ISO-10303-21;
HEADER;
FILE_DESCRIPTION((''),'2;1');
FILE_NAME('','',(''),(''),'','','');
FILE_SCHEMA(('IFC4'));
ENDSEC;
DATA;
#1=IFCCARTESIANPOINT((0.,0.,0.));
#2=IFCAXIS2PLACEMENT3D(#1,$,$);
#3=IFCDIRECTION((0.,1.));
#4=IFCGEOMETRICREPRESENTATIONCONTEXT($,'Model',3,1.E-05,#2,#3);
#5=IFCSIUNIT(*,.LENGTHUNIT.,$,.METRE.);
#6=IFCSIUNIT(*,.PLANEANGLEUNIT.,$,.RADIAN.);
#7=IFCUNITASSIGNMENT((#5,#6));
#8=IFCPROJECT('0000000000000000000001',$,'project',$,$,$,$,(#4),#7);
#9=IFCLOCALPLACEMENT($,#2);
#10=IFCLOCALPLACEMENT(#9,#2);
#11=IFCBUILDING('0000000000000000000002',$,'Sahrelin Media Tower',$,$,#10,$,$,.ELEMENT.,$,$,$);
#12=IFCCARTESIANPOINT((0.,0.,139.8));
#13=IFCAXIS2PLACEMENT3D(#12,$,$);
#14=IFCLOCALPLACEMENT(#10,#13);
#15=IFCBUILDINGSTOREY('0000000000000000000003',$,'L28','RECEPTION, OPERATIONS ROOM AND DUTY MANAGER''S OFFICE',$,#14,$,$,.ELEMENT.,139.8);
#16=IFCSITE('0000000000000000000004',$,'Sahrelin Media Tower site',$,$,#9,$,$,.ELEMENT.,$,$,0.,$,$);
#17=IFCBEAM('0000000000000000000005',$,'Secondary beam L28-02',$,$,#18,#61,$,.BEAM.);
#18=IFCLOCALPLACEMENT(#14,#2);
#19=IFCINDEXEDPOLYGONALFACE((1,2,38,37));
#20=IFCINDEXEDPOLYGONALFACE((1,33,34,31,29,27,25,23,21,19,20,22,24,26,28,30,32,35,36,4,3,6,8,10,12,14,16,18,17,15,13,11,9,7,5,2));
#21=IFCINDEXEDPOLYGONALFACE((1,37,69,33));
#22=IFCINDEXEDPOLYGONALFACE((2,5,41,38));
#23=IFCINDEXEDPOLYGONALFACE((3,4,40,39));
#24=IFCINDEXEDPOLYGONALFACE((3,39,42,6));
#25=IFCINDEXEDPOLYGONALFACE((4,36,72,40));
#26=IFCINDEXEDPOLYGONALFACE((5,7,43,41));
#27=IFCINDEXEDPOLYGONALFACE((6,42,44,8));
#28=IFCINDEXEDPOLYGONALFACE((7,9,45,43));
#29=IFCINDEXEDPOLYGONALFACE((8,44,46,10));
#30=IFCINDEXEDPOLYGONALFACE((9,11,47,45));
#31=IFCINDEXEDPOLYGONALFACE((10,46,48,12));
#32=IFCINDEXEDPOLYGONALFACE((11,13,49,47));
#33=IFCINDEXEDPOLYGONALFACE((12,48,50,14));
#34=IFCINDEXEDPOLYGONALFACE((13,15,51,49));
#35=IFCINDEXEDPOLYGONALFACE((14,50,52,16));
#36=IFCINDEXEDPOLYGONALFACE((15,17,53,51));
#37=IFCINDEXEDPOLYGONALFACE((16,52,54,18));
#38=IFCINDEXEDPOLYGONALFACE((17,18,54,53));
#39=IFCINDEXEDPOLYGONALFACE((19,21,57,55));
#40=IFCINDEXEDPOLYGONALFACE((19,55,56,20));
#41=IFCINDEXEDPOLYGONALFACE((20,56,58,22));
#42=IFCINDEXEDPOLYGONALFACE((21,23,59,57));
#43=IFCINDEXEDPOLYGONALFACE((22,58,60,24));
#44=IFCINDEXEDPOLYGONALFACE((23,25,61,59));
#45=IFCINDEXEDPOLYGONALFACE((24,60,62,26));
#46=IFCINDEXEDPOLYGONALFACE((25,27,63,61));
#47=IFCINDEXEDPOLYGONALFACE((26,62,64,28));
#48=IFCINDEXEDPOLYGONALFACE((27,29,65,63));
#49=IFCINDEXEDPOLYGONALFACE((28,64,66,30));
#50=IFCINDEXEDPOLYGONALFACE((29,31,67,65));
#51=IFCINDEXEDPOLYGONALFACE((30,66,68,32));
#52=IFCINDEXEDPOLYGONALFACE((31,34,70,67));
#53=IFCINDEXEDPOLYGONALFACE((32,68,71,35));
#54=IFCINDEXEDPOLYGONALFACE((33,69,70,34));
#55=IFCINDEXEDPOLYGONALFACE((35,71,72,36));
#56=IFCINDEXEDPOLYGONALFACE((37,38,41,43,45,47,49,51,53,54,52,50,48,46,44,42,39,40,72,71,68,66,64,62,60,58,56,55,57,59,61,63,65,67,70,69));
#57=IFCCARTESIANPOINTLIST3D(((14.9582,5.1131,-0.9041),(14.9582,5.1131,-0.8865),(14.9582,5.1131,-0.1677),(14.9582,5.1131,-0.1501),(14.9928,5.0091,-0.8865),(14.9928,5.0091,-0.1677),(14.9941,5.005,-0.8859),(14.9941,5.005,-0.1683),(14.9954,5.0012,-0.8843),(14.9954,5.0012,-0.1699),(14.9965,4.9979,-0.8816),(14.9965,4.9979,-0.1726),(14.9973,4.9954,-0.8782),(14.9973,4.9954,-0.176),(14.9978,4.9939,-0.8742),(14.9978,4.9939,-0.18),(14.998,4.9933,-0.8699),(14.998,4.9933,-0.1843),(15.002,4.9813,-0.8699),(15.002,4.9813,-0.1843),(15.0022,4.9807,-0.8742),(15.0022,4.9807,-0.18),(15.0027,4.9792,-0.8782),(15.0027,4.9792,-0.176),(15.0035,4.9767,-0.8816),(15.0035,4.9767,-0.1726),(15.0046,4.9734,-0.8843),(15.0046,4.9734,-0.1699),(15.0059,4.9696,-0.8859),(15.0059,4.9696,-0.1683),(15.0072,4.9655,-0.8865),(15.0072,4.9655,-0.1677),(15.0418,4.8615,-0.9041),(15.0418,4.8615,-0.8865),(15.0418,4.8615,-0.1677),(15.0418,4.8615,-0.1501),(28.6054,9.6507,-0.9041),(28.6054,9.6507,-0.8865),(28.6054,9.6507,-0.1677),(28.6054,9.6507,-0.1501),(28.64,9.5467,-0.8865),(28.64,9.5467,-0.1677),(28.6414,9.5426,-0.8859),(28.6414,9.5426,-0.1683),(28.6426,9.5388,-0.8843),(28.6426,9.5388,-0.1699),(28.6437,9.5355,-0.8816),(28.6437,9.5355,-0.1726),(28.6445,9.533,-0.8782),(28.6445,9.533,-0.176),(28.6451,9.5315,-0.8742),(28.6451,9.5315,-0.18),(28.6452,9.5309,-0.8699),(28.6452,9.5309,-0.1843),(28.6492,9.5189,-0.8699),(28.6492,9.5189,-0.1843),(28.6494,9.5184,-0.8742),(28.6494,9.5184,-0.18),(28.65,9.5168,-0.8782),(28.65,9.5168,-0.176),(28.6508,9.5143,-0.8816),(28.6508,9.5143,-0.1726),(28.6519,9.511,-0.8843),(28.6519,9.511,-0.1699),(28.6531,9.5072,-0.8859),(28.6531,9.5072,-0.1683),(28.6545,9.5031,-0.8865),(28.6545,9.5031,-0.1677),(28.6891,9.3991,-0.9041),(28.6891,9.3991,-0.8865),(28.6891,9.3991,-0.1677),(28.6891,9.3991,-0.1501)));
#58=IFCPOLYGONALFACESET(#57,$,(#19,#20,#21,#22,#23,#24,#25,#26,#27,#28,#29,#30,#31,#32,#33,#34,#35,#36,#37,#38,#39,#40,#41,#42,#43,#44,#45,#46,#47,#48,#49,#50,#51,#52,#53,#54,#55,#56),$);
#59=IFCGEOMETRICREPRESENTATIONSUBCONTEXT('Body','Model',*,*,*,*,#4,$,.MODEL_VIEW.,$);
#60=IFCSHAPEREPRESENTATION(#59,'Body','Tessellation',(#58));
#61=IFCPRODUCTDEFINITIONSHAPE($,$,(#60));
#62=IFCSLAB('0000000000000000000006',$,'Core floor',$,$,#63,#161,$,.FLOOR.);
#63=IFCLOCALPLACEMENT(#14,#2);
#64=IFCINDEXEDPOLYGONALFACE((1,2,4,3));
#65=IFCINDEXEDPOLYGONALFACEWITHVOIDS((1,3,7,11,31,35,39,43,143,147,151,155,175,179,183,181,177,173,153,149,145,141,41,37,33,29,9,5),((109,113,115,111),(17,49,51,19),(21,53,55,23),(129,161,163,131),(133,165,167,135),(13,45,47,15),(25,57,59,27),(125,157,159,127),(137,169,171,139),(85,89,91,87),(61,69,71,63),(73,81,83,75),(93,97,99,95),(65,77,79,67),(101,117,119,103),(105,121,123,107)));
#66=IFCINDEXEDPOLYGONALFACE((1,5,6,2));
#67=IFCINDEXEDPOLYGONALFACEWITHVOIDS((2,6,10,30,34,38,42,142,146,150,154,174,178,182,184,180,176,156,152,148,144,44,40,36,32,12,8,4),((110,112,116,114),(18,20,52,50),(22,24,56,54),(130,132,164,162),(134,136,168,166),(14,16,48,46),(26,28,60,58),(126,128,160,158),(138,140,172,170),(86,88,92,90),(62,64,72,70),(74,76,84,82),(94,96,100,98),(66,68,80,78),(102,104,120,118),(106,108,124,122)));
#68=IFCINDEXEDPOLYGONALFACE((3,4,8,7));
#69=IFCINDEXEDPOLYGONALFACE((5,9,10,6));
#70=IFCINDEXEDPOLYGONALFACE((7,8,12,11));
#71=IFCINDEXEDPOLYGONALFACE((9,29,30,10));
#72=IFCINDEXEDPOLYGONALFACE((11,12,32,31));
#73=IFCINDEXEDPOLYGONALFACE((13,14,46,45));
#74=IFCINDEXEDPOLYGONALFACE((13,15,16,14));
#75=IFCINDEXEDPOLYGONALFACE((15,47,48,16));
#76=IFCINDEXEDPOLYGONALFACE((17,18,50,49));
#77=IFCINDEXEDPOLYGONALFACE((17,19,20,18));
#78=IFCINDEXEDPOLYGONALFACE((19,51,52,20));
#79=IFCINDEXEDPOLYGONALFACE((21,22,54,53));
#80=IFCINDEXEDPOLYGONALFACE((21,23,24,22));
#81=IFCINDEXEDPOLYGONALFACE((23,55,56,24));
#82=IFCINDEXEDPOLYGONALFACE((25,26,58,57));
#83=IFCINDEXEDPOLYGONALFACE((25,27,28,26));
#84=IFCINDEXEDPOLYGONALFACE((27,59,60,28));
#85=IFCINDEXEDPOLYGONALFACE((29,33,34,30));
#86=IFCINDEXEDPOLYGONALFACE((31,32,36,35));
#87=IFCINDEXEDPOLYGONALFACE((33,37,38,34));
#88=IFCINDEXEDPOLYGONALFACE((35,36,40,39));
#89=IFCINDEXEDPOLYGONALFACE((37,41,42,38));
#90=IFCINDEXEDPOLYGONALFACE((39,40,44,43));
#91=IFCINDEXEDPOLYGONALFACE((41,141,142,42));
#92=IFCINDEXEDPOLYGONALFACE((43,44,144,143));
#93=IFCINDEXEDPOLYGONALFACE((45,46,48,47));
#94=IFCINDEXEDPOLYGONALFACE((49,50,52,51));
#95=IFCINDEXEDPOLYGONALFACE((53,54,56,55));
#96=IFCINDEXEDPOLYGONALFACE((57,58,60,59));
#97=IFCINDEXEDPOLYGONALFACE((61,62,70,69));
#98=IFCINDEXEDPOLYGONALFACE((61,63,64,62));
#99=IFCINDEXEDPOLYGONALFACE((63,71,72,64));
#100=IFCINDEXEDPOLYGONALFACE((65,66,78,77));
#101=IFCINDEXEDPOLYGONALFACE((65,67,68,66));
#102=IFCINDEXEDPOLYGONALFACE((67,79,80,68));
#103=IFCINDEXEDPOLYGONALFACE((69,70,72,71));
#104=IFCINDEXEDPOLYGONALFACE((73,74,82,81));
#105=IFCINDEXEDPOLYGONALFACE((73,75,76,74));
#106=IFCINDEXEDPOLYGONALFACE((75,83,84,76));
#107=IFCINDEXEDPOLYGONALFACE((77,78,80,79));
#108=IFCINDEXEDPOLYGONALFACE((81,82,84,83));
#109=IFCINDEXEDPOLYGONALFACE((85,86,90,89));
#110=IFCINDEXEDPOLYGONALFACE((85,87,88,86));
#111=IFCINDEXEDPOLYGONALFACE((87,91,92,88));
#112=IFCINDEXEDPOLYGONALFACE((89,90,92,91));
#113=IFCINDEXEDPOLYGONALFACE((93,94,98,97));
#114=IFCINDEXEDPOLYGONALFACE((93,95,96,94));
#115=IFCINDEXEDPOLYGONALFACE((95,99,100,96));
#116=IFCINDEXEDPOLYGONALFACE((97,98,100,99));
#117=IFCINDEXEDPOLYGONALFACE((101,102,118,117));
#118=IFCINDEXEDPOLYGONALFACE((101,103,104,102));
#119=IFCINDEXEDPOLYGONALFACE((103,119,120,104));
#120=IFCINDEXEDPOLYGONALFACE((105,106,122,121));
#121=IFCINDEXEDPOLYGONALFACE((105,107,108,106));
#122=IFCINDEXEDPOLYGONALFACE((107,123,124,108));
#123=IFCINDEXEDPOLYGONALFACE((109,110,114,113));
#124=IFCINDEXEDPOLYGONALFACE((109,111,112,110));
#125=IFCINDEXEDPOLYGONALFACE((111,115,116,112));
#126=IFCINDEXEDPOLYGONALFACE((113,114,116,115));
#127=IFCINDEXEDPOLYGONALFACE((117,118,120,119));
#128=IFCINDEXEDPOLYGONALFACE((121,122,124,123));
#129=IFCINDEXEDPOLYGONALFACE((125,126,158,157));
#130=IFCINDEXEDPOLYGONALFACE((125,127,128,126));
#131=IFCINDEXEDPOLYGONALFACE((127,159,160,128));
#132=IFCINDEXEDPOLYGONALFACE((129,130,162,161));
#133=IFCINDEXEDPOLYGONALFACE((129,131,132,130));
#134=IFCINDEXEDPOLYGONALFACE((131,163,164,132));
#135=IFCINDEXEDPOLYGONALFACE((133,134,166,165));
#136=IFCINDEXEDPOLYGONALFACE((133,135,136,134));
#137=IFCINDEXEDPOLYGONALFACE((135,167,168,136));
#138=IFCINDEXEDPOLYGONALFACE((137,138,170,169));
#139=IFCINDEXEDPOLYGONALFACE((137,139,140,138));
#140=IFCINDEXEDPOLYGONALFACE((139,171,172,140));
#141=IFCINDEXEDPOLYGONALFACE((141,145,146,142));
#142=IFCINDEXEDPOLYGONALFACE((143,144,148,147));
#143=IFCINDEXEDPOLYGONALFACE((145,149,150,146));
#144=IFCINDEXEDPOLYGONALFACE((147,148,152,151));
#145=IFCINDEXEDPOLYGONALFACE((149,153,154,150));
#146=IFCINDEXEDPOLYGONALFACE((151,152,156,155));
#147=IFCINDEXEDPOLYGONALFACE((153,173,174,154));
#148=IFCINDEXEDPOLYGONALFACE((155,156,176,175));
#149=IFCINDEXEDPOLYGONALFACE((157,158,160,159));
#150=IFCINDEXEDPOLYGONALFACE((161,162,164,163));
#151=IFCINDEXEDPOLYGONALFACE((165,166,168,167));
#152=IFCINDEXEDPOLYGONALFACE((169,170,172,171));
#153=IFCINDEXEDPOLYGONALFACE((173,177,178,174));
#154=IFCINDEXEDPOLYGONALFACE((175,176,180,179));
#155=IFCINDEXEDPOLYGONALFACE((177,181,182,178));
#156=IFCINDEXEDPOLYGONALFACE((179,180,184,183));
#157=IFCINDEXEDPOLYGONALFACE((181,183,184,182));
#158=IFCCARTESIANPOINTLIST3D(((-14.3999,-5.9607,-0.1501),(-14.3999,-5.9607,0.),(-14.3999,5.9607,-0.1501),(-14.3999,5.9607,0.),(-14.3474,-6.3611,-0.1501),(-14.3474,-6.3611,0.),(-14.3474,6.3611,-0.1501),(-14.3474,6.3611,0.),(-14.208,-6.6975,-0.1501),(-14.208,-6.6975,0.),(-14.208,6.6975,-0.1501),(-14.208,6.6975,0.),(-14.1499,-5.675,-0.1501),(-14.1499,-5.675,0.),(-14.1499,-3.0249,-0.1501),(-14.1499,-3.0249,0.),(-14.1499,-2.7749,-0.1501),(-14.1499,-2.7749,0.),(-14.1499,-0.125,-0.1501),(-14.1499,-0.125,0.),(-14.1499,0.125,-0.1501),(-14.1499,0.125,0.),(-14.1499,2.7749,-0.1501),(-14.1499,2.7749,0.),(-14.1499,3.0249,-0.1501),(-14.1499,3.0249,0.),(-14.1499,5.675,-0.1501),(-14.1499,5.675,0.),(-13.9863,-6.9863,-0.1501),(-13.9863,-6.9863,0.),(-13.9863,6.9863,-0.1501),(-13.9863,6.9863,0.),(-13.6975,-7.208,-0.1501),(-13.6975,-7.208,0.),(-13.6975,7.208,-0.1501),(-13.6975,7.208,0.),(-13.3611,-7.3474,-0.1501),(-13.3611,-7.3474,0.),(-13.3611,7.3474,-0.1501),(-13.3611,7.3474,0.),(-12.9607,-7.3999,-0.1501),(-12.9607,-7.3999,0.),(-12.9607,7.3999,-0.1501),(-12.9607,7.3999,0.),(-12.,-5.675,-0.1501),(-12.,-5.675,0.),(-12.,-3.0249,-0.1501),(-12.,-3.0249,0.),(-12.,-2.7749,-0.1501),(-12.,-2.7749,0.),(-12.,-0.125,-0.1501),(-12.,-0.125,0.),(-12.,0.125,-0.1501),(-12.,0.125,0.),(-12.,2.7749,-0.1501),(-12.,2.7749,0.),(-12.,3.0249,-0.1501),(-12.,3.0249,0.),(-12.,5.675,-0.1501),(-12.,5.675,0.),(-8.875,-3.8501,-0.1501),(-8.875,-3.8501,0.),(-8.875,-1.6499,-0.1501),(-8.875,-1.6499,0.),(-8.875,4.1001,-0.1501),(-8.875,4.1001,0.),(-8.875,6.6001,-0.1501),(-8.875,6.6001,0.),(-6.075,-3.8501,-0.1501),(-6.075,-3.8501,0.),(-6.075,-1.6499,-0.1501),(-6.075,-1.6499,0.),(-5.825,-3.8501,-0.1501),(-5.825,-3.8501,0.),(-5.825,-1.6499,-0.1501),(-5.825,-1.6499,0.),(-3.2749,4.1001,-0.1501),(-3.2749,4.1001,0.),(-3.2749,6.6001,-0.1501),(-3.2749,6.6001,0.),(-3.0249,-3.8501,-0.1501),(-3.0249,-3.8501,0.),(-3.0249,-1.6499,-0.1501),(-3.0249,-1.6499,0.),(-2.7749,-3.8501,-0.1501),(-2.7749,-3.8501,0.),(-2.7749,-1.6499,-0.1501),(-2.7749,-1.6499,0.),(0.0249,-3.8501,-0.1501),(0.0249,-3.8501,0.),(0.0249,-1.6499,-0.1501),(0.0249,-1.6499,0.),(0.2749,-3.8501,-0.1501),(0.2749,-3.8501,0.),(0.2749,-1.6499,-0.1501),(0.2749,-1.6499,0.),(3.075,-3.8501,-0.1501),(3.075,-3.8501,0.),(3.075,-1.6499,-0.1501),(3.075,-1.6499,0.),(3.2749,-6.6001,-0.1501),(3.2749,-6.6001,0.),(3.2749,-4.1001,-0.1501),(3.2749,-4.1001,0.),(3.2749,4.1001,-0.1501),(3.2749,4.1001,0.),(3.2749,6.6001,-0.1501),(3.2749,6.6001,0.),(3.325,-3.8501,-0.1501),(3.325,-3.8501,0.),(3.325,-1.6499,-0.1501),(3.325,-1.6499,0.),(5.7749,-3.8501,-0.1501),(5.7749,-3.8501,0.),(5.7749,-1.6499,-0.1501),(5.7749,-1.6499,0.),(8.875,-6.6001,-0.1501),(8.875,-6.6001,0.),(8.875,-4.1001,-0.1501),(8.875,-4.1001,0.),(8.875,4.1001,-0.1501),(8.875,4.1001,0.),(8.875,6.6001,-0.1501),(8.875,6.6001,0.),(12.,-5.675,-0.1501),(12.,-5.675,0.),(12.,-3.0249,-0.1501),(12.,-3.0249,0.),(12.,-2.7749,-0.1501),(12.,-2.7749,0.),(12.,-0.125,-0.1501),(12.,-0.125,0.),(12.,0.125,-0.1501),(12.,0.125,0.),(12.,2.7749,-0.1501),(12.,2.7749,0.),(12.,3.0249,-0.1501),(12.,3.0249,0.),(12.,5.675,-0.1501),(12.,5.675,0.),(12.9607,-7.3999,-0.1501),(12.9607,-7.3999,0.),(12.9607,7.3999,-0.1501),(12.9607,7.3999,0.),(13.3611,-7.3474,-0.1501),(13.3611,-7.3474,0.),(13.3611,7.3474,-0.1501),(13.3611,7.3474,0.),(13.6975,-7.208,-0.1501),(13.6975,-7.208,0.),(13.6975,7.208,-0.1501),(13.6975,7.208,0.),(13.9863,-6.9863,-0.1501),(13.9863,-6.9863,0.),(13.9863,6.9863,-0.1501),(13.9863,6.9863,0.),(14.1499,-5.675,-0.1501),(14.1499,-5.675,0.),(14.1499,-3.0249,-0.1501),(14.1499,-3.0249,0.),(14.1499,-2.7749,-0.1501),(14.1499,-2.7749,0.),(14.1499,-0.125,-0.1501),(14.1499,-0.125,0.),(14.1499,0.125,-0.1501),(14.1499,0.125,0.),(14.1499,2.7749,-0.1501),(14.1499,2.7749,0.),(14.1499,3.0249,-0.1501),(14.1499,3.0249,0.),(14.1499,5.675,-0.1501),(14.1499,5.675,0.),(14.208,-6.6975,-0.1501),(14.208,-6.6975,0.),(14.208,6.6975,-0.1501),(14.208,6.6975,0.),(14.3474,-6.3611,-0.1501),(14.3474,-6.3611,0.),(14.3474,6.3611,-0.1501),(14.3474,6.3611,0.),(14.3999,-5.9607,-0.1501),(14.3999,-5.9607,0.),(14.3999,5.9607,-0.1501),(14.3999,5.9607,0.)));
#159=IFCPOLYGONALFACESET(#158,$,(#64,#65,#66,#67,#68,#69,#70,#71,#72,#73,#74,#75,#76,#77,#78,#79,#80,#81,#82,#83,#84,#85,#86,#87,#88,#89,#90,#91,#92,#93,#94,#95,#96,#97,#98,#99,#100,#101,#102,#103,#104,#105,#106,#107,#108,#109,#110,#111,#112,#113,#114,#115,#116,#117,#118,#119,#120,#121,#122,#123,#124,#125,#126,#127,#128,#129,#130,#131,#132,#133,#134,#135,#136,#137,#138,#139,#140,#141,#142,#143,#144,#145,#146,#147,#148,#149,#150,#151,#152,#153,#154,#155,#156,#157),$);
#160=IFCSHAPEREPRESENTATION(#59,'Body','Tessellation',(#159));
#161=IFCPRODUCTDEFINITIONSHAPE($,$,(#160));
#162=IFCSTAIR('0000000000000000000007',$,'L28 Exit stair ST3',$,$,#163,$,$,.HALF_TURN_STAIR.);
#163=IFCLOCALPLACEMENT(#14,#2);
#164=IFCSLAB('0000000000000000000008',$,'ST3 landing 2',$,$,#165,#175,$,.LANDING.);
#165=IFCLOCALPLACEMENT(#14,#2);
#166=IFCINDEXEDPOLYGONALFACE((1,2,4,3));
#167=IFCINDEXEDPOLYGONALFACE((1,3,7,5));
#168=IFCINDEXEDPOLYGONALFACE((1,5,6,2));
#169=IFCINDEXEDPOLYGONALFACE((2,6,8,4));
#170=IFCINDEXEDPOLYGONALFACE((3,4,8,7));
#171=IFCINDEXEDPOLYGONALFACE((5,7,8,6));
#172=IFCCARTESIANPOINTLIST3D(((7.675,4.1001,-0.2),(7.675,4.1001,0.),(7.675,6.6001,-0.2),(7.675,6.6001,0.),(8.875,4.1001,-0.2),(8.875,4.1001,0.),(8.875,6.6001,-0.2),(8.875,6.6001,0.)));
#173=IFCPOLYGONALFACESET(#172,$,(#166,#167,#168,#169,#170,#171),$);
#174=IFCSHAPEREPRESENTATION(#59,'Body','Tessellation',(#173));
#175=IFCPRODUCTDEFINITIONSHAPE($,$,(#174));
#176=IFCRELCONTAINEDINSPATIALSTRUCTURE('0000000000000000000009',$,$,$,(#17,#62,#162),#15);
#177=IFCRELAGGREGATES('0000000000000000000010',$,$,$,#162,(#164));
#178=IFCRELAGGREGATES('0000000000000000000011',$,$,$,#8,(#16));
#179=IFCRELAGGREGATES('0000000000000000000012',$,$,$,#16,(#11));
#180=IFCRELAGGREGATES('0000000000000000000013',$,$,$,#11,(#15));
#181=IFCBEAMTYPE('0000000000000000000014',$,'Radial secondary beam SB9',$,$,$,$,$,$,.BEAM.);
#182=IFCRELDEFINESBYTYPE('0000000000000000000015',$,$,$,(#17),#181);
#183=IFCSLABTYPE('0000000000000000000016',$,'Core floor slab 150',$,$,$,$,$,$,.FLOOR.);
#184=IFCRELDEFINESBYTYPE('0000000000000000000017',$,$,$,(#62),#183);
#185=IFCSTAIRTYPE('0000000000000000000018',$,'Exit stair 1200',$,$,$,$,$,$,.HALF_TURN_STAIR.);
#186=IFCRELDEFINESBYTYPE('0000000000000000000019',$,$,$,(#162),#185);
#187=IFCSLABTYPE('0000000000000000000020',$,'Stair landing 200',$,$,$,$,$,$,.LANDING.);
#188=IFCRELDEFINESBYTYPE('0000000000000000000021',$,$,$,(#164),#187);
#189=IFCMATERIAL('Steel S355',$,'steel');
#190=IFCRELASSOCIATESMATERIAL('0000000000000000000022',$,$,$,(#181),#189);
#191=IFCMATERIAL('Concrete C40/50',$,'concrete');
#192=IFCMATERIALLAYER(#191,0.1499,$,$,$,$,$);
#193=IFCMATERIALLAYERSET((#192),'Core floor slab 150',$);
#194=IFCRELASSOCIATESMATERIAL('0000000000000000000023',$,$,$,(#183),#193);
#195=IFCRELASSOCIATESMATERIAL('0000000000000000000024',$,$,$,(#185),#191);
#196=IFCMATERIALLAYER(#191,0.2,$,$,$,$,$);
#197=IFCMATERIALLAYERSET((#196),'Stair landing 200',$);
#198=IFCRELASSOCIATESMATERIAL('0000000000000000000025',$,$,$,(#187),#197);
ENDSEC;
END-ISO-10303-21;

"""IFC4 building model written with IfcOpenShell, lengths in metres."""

from ifc_helpers import new_model, si_unit, direction, frame, origin, origin_2d, place, context, subcontext, project, spatial, polyline, i_section, outline, extrude, material, layer, layer_set, material_profile, profile_set, type_object, element, aggregate, save


model = new_model("IFC4")

# Units and contexts
model_context = context("Model", 3, precision=1e-05, world=origin(), true_north=direction((0.0, 1.0)))
body_context = subcontext(model_context, "Body", "Model", "MODEL_VIEW")
ifc_project = project(units=[si_unit("LENGTHUNIT", "METRE"), si_unit("PLANEANGLEUNIT", "RADIAN")], contexts=[model_context])

# Site, building, storey
site_placement = place(None, origin())
site = spatial("IfcSite", under=ifc_project, at=site_placement, Name="Sahrelin Media Tower site", CompositionType="ELEMENT", RefElevation=0.0)
building_placement = place(site_placement, origin())
building = spatial("IfcBuilding", under=site, at=building_placement, Name="Sahrelin Media Tower", CompositionType="ELEMENT")
storey_placement = place(building_placement, frame((0.0, 0.0, 139.8)))
storey = spatial("IfcBuildingStorey", under=building, at=storey_placement, Name="L28", Description="RECEPTION, OPERATIONS ROOM AND DUTY MANAGER'S OFFICE", CompositionType="ELEMENT", Elevation=139.8)

# Beam
ifc_material_1 = material(Name="Steel S355", Category="steel")
ifc_material_profile_1 = material_profile(ifc_material_1, i_section(OverallWidth=0.2651, OverallDepth=0.7539, WebThickness=0.0127, FlangeThickness=0.0176, FilletRadius=0.0166, at=origin_2d()), Name="UB 762x267x147")
ifc_profile_set_1 = profile_set([ifc_material_profile_1], Name="Steel S355")
beam_type_1 = type_object("IfcBeamType", Name="Radial secondary beam SB9", PredefinedType="BEAM", material=ifc_profile_set_1)
beam_1_placement = place(storey_placement, frame((15.0, 4.9873, -0.5271), z_axis=(0.948922, 0.31551, 0.0), x_axis=(-0.31551, 0.948922, 0.0)))
element("IfcBeam", 1, at=beam_1_placement, inside=storey, type_object=beam_type_1, Name="Secondary beam L28-02", PredefinedType="BEAM", context=body_context, shape_type="SweptSolid", body=[
    extrude(i_section(OverallWidth=0.2651, OverallDepth=0.7539, WebThickness=0.0127, FlangeThickness=0.0176, FilletRadius=0.0166, at=origin_2d()), origin(), (0.0, 0.0, 1.0), 14.3818),
])

# Slab
ifc_material_2 = material(Name="Concrete C40/50", Category="concrete")
ifc_layer_1 = layer(ifc_material_2, 0.1499)
ifc_layer_set_1 = layer_set([ifc_layer_1], Name="Core floor slab 150")
slab_type_1 = type_object("IfcSlabType", Name="Core floor slab 150", PredefinedType="FLOOR", material=ifc_layer_set_1)
slab_1_placement = place(storey_placement, frame((0.0, 0.0, -0.1501)))
element("IfcSlab", 2, at=slab_1_placement, inside=storey, type_object=slab_type_1, Name="Core floor", PredefinedType="FLOOR", context=body_context, shape_type="SweptSolid", body=[
    extrude(outline(polyline([(-14.3474, 6.3611), (-14.3999, 5.9607), (-14.3999, -5.9607), (-14.3474, -6.3611), (-14.208, -6.6975), (-13.9863, -6.9863), (-13.6975, -7.208), (-13.3611, -7.3474), (-12.9607, -7.3999), (12.9607, -7.3999), (13.3611, -7.3474), (13.6975, -7.208), (13.9863, -6.9863), (14.208, -6.6975), (14.3474, -6.3611), (14.3999, -5.9607), (14.3999, 5.9607), (14.3474, 6.3611), (14.208, 6.6975), (13.9863, 6.9863), (13.6975, 7.208), (13.3611, 7.3474), (12.9607, 7.3999), (-12.9607, 7.3999), (-13.3611, 7.3474), (-13.6975, 7.208), (-13.9863, 6.9863), (-14.208, 6.6975), (-14.3474, 6.3611)]), holes=[polyline([(-12.0, 3.0249), (-12.0, 5.675), (-14.1499, 5.675), (-14.1499, 3.0249), (-12.0, 3.0249)]), polyline([(-14.1499, 0.125), (-12.0, 0.125), (-12.0, 2.7749), (-14.1499, 2.7749), (-14.1499, 0.125)]), polyline([(-14.1499, -0.125), (-14.1499, -2.7749), (-12.0, -2.7749), (-12.0, -0.125), (-14.1499, -0.125)]), polyline([(-12.0, -3.0249), (-14.1499, -3.0249), (-14.1499, -5.675), (-12.0, -5.675), (-12.0, -3.0249)]), polyline([(14.1499, 3.0249), (14.1499, 5.675), (12.0, 5.675), (12.0, 3.0249), (14.1499, 3.0249)]), polyline([(12.0, 0.125), (14.1499, 0.125), (14.1499, 2.7749), (12.0, 2.7749), (12.0, 0.125)]), polyline([(12.0, -0.125), (12.0, -2.7749), (14.1499, -2.7749), (14.1499, -0.125), (12.0, -0.125)]), polyline([(14.1499, -3.0249), (12.0, -3.0249), (12.0, -5.675), (14.1499, -5.675), (14.1499, -3.0249)]), polyline([(-6.075, -3.8501), (-6.075, -1.6499), (-8.875, -1.6499), (-8.875, -3.8501), (-6.075, -3.8501)]), polyline([(-5.825, -3.8501), (-3.0249, -3.8501), (-3.0249, -1.6499), (-5.825, -1.6499), (-5.825, -3.8501)]), polyline([(-2.7749, -1.6499), (-2.7749, -3.8501), (0.0249, -3.8501), (0.0249, -1.6499), (-2.7749, -1.6499)]), polyline([(3.075, -1.6499), (0.2749, -1.6499), (0.2749, -3.8501), (3.075, -3.8501), (3.075, -1.6499)]), polyline([(5.7749, -3.8501), (5.7749, -1.6499), (3.325, -1.6499), (3.325, -3.8501), (5.7749, -3.8501)]), polyline([(-8.875, 6.6001), (-8.875, 4.1001), (-3.2749, 4.1001), (-3.2749, 6.6001), (-8.875, 6.6001)]), polyline([(3.2749, 4.1001), (8.875, 4.1001), (8.875, 6.6001), (3.2749, 6.6001), (3.2749, 4.1001)]), polyline([(3.2749, -4.1001), (3.2749, -6.6001), (8.875, -6.6001), (8.875, -4.1001), (3.2749, -4.1001)])]), origin(), (0.0, 0.0, 1.0), 0.1501),
])

# Stair, slab
stair_type = type_object("IfcStairType", Name="Exit stair 1200", PredefinedType="HALF_TURN_STAIR", material=ifc_material_2)
placement_1 = place(storey_placement, origin())
stair_1 = element("IfcStair", 3, at=placement_1, inside=storey, type_object=stair_type, Name="L28 Exit stair ST3", PredefinedType="HALF_TURN_STAIR")
ifc_layer_2 = layer(ifc_material_2, 0.2)
ifc_layer_set_2 = layer_set([ifc_layer_2], Name="Stair landing 200")
slab_type_2 = type_object("IfcSlabType", Name="Stair landing 200", PredefinedType="LANDING", material=ifc_layer_set_2)
placement_2 = place(storey_placement, frame((0.0, 0.0, -0.2)))
slab_2 = element("IfcSlab", 4, at=placement_2, type_object=slab_type_2, Name="ST3 landing 2", PredefinedType="LANDING", context=body_context, shape_type="SweptSolid", body=[
    extrude(outline(polyline([(8.875, 6.6001), (7.675, 6.6001), (7.675, 4.1001), (8.875, 4.1001), (8.875, 6.6001)])), origin(), (0.0, 0.0, 1.0), 0.2),
])
aggregate(stair_1, [slab_2])

save(model, "model.ifc")
